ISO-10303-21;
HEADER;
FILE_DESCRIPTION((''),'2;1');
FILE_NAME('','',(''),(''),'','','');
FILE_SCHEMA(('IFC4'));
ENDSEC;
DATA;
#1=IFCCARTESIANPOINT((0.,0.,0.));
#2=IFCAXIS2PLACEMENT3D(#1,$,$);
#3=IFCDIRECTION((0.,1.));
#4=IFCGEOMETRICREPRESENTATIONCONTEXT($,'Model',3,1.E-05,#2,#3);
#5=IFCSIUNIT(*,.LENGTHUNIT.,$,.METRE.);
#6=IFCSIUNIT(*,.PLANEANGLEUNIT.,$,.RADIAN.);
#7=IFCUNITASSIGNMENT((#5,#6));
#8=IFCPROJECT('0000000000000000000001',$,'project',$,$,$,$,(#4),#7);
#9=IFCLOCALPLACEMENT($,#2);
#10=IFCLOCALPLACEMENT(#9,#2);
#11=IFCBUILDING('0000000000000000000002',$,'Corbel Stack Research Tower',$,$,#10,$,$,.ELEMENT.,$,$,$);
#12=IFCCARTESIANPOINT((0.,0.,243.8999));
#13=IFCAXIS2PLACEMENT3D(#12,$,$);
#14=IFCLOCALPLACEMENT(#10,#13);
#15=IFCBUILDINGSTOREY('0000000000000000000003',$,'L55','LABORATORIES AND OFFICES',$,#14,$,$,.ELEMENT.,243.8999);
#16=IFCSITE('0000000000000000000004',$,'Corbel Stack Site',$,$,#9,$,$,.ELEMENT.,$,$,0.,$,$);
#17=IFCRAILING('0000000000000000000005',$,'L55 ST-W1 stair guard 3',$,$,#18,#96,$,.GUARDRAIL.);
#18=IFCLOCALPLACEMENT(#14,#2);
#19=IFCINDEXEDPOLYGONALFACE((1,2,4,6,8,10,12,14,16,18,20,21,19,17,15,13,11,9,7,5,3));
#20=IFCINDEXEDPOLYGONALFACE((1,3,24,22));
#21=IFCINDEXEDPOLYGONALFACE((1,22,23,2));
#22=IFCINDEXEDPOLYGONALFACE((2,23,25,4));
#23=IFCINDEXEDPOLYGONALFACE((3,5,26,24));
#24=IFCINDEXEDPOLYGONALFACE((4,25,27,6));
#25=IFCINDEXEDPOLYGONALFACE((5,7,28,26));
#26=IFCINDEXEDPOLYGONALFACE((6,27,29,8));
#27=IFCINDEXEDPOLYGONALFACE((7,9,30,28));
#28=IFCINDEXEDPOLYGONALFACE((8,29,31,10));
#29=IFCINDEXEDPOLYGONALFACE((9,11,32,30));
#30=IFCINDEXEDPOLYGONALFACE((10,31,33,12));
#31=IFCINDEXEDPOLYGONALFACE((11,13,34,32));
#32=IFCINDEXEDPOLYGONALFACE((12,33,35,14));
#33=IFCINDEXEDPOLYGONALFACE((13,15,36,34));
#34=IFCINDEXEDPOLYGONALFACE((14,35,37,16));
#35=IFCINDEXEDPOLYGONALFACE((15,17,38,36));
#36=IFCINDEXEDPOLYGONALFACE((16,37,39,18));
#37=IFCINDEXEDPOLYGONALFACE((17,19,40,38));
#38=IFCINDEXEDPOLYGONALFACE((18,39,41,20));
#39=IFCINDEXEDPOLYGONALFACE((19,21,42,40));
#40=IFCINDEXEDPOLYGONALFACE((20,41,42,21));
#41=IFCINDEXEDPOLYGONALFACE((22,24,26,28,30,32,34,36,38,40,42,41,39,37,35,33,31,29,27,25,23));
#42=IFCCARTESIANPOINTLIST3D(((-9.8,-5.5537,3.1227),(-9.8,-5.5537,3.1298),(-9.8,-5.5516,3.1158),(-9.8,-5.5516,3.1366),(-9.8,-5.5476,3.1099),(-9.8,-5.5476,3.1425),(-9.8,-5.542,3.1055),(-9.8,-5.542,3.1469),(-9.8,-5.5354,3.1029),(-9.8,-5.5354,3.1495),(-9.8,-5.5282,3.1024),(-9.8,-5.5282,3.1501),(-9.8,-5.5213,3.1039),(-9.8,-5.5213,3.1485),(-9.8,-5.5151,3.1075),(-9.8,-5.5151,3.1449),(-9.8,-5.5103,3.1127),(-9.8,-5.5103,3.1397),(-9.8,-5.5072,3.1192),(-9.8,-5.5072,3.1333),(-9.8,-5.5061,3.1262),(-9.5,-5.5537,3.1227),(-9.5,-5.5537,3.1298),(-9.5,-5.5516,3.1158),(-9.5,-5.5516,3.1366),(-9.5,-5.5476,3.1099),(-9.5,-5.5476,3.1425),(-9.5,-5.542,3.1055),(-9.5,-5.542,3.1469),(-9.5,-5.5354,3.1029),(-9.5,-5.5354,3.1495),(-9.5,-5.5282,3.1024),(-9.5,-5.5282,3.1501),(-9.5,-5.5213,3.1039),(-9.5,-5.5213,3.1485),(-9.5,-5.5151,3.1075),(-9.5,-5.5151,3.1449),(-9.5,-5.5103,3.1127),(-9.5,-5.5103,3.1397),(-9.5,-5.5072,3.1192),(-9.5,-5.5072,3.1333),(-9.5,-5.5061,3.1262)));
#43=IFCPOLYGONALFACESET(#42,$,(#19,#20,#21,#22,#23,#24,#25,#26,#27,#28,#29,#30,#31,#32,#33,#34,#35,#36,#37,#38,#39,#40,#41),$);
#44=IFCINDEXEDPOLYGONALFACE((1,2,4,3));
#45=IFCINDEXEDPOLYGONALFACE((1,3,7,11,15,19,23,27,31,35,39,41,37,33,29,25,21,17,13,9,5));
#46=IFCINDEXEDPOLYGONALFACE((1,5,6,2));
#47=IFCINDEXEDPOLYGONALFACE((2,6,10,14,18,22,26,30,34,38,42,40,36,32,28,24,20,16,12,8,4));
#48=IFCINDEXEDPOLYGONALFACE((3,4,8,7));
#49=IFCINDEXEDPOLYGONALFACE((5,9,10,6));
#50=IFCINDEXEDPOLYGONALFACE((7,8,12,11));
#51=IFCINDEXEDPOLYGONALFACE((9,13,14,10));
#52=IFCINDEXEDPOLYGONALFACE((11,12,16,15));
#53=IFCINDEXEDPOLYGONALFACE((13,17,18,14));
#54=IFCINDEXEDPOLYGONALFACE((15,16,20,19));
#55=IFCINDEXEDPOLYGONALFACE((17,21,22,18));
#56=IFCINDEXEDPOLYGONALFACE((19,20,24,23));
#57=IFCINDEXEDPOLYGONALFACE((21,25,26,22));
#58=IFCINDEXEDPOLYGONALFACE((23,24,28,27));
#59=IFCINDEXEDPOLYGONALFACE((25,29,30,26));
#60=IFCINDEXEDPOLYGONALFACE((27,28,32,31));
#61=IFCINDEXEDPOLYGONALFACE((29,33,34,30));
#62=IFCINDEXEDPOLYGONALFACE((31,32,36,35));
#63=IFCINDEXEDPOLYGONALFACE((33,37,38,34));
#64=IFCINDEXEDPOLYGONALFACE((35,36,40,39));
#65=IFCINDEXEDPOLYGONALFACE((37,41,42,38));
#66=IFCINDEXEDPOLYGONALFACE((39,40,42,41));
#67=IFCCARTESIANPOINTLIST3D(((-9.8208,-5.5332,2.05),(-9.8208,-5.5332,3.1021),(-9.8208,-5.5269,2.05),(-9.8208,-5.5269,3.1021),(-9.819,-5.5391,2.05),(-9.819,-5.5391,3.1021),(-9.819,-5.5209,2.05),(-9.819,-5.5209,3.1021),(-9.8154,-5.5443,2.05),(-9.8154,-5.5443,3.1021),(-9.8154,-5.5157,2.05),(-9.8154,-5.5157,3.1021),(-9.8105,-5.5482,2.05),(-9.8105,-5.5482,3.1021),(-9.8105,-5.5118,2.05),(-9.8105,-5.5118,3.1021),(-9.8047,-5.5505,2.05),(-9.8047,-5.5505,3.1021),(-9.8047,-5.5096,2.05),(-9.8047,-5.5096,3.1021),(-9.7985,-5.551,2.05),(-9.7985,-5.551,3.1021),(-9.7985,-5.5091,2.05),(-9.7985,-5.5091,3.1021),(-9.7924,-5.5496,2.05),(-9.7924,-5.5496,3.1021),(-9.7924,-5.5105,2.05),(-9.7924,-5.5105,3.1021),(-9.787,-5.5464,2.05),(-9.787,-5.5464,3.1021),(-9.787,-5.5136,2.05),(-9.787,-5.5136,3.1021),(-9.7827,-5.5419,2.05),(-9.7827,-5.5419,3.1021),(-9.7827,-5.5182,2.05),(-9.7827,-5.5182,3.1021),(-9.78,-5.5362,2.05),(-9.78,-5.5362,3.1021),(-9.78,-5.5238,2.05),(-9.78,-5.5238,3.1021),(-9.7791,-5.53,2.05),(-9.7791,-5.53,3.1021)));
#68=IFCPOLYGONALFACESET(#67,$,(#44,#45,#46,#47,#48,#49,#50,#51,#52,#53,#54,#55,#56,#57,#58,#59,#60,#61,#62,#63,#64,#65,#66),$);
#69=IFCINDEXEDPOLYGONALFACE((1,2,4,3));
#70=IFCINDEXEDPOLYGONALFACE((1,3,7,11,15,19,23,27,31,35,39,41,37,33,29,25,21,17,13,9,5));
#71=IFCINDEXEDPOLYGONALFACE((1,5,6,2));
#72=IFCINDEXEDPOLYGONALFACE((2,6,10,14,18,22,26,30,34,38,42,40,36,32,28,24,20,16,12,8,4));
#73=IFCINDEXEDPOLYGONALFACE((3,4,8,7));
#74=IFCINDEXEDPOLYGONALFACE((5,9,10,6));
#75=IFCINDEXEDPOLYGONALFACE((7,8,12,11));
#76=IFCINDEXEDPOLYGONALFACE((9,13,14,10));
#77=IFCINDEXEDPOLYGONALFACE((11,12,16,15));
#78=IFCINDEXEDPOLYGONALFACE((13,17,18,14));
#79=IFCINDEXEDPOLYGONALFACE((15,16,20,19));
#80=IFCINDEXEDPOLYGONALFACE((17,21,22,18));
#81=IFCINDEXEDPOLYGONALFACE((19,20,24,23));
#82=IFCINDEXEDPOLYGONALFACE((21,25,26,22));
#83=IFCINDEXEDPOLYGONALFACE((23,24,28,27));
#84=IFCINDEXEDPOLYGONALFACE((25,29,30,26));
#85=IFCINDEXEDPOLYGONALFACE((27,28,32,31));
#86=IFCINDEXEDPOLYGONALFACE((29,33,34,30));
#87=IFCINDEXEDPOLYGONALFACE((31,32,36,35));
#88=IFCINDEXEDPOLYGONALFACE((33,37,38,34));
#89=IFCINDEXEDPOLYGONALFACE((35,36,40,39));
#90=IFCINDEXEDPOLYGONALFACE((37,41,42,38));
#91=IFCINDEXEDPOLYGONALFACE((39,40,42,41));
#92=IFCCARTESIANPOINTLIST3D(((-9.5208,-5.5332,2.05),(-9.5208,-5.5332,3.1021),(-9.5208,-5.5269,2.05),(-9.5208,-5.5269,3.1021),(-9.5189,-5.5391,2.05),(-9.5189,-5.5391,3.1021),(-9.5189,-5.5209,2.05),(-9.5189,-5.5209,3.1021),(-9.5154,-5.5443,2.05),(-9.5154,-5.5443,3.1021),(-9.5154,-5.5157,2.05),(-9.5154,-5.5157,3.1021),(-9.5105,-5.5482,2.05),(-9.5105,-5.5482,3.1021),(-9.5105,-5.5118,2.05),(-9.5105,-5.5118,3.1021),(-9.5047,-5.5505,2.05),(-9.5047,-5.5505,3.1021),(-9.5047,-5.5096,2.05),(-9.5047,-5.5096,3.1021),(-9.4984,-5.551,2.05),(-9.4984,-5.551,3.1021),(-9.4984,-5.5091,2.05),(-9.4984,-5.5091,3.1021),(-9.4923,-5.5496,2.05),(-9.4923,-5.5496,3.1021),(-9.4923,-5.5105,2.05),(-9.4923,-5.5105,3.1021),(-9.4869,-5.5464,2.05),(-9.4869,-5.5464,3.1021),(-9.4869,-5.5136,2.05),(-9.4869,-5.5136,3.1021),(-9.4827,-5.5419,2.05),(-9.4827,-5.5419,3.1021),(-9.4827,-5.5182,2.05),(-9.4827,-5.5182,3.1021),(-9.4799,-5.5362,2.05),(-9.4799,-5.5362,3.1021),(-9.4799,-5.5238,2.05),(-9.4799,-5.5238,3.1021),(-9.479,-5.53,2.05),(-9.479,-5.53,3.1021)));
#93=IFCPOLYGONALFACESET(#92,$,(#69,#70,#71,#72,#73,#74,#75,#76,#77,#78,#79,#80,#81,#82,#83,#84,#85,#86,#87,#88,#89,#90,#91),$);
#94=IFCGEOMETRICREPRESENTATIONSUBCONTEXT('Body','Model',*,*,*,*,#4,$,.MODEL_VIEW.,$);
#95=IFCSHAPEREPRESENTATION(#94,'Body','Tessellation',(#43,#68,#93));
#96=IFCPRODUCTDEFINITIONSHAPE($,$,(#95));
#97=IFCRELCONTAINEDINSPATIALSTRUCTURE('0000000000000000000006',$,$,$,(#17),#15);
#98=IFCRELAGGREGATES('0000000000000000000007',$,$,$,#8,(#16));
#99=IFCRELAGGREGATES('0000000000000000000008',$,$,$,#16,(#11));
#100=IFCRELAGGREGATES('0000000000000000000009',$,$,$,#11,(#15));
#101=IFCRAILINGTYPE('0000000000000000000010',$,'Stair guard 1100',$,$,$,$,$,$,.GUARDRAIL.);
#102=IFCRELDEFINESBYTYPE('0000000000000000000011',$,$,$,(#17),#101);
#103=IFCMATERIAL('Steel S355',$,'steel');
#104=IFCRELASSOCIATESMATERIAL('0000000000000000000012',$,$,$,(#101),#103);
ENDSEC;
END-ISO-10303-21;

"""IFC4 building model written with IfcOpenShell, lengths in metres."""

from ifc_helpers import new_model, si_unit, direction, frame, origin, origin_2d, place, context, subcontext, project, spatial, circle, extrude, material, type_object, element, save


model = new_model("IFC4")

# Units and contexts
model_context = context("Model", 3, precision=1e-05, world=origin(), true_north=direction((0.0, 1.0)))
body_context = subcontext(model_context, "Body", "Model", "MODEL_VIEW")
ifc_project = project(units=[si_unit("LENGTHUNIT", "METRE"), si_unit("PLANEANGLEUNIT", "RADIAN")], contexts=[model_context])

# Site, building, storey
site_placement = place(None, origin())
site = spatial("IfcSite", under=ifc_project, at=site_placement, Name="Corbel Stack Site", CompositionType="ELEMENT", RefElevation=0.0)
building_placement = place(site_placement, origin())
building = spatial("IfcBuilding", under=site, at=building_placement, Name="Corbel Stack Research Tower", CompositionType="ELEMENT")
storey_placement = place(building_placement, frame((0.0, 0.0, 243.8999)))
storey = spatial("IfcBuildingStorey", under=building, at=storey_placement, Name="L55", Description="LABORATORIES AND OFFICES", CompositionType="ELEMENT", Elevation=243.8999)

# Railing
ifc_material_1 = material(Name="Steel S355", Category="steel")
railing_type = type_object("IfcRailingType", Name="Stair guard 1100", PredefinedType="GUARDRAIL", material=ifc_material_1)
railing_1_placement = place(storey_placement, frame((-9.8, -5.53, 2.05)))
element("IfcRailing", 1, at=railing_1_placement, inside=storey, type_object=railing_type, Name="L55 ST-W1 stair guard 3", PredefinedType="GUARDRAIL", context=body_context, shape_type="SweptSolid", body=[
    extrude(circle(Radius=0.0239, at=origin_2d()), frame((0.0, 0.0, 1.0762), z_axis=(1.0, 0.0, 0.0), x_axis=(0.0, 1.0, 0.0)), (0.0, 0.0, 1.0), 0.3),
    extrude(circle(Radius=0.021, at=origin_2d()), origin(), (0.0, 0.0, 1.0), 1.052),
    extrude(circle(Radius=0.021, at=origin_2d()), frame((0.3, 0.0, 0.0)), (0.0, 0.0, 1.0), 1.052),
])

save(model, "model.ifc")
